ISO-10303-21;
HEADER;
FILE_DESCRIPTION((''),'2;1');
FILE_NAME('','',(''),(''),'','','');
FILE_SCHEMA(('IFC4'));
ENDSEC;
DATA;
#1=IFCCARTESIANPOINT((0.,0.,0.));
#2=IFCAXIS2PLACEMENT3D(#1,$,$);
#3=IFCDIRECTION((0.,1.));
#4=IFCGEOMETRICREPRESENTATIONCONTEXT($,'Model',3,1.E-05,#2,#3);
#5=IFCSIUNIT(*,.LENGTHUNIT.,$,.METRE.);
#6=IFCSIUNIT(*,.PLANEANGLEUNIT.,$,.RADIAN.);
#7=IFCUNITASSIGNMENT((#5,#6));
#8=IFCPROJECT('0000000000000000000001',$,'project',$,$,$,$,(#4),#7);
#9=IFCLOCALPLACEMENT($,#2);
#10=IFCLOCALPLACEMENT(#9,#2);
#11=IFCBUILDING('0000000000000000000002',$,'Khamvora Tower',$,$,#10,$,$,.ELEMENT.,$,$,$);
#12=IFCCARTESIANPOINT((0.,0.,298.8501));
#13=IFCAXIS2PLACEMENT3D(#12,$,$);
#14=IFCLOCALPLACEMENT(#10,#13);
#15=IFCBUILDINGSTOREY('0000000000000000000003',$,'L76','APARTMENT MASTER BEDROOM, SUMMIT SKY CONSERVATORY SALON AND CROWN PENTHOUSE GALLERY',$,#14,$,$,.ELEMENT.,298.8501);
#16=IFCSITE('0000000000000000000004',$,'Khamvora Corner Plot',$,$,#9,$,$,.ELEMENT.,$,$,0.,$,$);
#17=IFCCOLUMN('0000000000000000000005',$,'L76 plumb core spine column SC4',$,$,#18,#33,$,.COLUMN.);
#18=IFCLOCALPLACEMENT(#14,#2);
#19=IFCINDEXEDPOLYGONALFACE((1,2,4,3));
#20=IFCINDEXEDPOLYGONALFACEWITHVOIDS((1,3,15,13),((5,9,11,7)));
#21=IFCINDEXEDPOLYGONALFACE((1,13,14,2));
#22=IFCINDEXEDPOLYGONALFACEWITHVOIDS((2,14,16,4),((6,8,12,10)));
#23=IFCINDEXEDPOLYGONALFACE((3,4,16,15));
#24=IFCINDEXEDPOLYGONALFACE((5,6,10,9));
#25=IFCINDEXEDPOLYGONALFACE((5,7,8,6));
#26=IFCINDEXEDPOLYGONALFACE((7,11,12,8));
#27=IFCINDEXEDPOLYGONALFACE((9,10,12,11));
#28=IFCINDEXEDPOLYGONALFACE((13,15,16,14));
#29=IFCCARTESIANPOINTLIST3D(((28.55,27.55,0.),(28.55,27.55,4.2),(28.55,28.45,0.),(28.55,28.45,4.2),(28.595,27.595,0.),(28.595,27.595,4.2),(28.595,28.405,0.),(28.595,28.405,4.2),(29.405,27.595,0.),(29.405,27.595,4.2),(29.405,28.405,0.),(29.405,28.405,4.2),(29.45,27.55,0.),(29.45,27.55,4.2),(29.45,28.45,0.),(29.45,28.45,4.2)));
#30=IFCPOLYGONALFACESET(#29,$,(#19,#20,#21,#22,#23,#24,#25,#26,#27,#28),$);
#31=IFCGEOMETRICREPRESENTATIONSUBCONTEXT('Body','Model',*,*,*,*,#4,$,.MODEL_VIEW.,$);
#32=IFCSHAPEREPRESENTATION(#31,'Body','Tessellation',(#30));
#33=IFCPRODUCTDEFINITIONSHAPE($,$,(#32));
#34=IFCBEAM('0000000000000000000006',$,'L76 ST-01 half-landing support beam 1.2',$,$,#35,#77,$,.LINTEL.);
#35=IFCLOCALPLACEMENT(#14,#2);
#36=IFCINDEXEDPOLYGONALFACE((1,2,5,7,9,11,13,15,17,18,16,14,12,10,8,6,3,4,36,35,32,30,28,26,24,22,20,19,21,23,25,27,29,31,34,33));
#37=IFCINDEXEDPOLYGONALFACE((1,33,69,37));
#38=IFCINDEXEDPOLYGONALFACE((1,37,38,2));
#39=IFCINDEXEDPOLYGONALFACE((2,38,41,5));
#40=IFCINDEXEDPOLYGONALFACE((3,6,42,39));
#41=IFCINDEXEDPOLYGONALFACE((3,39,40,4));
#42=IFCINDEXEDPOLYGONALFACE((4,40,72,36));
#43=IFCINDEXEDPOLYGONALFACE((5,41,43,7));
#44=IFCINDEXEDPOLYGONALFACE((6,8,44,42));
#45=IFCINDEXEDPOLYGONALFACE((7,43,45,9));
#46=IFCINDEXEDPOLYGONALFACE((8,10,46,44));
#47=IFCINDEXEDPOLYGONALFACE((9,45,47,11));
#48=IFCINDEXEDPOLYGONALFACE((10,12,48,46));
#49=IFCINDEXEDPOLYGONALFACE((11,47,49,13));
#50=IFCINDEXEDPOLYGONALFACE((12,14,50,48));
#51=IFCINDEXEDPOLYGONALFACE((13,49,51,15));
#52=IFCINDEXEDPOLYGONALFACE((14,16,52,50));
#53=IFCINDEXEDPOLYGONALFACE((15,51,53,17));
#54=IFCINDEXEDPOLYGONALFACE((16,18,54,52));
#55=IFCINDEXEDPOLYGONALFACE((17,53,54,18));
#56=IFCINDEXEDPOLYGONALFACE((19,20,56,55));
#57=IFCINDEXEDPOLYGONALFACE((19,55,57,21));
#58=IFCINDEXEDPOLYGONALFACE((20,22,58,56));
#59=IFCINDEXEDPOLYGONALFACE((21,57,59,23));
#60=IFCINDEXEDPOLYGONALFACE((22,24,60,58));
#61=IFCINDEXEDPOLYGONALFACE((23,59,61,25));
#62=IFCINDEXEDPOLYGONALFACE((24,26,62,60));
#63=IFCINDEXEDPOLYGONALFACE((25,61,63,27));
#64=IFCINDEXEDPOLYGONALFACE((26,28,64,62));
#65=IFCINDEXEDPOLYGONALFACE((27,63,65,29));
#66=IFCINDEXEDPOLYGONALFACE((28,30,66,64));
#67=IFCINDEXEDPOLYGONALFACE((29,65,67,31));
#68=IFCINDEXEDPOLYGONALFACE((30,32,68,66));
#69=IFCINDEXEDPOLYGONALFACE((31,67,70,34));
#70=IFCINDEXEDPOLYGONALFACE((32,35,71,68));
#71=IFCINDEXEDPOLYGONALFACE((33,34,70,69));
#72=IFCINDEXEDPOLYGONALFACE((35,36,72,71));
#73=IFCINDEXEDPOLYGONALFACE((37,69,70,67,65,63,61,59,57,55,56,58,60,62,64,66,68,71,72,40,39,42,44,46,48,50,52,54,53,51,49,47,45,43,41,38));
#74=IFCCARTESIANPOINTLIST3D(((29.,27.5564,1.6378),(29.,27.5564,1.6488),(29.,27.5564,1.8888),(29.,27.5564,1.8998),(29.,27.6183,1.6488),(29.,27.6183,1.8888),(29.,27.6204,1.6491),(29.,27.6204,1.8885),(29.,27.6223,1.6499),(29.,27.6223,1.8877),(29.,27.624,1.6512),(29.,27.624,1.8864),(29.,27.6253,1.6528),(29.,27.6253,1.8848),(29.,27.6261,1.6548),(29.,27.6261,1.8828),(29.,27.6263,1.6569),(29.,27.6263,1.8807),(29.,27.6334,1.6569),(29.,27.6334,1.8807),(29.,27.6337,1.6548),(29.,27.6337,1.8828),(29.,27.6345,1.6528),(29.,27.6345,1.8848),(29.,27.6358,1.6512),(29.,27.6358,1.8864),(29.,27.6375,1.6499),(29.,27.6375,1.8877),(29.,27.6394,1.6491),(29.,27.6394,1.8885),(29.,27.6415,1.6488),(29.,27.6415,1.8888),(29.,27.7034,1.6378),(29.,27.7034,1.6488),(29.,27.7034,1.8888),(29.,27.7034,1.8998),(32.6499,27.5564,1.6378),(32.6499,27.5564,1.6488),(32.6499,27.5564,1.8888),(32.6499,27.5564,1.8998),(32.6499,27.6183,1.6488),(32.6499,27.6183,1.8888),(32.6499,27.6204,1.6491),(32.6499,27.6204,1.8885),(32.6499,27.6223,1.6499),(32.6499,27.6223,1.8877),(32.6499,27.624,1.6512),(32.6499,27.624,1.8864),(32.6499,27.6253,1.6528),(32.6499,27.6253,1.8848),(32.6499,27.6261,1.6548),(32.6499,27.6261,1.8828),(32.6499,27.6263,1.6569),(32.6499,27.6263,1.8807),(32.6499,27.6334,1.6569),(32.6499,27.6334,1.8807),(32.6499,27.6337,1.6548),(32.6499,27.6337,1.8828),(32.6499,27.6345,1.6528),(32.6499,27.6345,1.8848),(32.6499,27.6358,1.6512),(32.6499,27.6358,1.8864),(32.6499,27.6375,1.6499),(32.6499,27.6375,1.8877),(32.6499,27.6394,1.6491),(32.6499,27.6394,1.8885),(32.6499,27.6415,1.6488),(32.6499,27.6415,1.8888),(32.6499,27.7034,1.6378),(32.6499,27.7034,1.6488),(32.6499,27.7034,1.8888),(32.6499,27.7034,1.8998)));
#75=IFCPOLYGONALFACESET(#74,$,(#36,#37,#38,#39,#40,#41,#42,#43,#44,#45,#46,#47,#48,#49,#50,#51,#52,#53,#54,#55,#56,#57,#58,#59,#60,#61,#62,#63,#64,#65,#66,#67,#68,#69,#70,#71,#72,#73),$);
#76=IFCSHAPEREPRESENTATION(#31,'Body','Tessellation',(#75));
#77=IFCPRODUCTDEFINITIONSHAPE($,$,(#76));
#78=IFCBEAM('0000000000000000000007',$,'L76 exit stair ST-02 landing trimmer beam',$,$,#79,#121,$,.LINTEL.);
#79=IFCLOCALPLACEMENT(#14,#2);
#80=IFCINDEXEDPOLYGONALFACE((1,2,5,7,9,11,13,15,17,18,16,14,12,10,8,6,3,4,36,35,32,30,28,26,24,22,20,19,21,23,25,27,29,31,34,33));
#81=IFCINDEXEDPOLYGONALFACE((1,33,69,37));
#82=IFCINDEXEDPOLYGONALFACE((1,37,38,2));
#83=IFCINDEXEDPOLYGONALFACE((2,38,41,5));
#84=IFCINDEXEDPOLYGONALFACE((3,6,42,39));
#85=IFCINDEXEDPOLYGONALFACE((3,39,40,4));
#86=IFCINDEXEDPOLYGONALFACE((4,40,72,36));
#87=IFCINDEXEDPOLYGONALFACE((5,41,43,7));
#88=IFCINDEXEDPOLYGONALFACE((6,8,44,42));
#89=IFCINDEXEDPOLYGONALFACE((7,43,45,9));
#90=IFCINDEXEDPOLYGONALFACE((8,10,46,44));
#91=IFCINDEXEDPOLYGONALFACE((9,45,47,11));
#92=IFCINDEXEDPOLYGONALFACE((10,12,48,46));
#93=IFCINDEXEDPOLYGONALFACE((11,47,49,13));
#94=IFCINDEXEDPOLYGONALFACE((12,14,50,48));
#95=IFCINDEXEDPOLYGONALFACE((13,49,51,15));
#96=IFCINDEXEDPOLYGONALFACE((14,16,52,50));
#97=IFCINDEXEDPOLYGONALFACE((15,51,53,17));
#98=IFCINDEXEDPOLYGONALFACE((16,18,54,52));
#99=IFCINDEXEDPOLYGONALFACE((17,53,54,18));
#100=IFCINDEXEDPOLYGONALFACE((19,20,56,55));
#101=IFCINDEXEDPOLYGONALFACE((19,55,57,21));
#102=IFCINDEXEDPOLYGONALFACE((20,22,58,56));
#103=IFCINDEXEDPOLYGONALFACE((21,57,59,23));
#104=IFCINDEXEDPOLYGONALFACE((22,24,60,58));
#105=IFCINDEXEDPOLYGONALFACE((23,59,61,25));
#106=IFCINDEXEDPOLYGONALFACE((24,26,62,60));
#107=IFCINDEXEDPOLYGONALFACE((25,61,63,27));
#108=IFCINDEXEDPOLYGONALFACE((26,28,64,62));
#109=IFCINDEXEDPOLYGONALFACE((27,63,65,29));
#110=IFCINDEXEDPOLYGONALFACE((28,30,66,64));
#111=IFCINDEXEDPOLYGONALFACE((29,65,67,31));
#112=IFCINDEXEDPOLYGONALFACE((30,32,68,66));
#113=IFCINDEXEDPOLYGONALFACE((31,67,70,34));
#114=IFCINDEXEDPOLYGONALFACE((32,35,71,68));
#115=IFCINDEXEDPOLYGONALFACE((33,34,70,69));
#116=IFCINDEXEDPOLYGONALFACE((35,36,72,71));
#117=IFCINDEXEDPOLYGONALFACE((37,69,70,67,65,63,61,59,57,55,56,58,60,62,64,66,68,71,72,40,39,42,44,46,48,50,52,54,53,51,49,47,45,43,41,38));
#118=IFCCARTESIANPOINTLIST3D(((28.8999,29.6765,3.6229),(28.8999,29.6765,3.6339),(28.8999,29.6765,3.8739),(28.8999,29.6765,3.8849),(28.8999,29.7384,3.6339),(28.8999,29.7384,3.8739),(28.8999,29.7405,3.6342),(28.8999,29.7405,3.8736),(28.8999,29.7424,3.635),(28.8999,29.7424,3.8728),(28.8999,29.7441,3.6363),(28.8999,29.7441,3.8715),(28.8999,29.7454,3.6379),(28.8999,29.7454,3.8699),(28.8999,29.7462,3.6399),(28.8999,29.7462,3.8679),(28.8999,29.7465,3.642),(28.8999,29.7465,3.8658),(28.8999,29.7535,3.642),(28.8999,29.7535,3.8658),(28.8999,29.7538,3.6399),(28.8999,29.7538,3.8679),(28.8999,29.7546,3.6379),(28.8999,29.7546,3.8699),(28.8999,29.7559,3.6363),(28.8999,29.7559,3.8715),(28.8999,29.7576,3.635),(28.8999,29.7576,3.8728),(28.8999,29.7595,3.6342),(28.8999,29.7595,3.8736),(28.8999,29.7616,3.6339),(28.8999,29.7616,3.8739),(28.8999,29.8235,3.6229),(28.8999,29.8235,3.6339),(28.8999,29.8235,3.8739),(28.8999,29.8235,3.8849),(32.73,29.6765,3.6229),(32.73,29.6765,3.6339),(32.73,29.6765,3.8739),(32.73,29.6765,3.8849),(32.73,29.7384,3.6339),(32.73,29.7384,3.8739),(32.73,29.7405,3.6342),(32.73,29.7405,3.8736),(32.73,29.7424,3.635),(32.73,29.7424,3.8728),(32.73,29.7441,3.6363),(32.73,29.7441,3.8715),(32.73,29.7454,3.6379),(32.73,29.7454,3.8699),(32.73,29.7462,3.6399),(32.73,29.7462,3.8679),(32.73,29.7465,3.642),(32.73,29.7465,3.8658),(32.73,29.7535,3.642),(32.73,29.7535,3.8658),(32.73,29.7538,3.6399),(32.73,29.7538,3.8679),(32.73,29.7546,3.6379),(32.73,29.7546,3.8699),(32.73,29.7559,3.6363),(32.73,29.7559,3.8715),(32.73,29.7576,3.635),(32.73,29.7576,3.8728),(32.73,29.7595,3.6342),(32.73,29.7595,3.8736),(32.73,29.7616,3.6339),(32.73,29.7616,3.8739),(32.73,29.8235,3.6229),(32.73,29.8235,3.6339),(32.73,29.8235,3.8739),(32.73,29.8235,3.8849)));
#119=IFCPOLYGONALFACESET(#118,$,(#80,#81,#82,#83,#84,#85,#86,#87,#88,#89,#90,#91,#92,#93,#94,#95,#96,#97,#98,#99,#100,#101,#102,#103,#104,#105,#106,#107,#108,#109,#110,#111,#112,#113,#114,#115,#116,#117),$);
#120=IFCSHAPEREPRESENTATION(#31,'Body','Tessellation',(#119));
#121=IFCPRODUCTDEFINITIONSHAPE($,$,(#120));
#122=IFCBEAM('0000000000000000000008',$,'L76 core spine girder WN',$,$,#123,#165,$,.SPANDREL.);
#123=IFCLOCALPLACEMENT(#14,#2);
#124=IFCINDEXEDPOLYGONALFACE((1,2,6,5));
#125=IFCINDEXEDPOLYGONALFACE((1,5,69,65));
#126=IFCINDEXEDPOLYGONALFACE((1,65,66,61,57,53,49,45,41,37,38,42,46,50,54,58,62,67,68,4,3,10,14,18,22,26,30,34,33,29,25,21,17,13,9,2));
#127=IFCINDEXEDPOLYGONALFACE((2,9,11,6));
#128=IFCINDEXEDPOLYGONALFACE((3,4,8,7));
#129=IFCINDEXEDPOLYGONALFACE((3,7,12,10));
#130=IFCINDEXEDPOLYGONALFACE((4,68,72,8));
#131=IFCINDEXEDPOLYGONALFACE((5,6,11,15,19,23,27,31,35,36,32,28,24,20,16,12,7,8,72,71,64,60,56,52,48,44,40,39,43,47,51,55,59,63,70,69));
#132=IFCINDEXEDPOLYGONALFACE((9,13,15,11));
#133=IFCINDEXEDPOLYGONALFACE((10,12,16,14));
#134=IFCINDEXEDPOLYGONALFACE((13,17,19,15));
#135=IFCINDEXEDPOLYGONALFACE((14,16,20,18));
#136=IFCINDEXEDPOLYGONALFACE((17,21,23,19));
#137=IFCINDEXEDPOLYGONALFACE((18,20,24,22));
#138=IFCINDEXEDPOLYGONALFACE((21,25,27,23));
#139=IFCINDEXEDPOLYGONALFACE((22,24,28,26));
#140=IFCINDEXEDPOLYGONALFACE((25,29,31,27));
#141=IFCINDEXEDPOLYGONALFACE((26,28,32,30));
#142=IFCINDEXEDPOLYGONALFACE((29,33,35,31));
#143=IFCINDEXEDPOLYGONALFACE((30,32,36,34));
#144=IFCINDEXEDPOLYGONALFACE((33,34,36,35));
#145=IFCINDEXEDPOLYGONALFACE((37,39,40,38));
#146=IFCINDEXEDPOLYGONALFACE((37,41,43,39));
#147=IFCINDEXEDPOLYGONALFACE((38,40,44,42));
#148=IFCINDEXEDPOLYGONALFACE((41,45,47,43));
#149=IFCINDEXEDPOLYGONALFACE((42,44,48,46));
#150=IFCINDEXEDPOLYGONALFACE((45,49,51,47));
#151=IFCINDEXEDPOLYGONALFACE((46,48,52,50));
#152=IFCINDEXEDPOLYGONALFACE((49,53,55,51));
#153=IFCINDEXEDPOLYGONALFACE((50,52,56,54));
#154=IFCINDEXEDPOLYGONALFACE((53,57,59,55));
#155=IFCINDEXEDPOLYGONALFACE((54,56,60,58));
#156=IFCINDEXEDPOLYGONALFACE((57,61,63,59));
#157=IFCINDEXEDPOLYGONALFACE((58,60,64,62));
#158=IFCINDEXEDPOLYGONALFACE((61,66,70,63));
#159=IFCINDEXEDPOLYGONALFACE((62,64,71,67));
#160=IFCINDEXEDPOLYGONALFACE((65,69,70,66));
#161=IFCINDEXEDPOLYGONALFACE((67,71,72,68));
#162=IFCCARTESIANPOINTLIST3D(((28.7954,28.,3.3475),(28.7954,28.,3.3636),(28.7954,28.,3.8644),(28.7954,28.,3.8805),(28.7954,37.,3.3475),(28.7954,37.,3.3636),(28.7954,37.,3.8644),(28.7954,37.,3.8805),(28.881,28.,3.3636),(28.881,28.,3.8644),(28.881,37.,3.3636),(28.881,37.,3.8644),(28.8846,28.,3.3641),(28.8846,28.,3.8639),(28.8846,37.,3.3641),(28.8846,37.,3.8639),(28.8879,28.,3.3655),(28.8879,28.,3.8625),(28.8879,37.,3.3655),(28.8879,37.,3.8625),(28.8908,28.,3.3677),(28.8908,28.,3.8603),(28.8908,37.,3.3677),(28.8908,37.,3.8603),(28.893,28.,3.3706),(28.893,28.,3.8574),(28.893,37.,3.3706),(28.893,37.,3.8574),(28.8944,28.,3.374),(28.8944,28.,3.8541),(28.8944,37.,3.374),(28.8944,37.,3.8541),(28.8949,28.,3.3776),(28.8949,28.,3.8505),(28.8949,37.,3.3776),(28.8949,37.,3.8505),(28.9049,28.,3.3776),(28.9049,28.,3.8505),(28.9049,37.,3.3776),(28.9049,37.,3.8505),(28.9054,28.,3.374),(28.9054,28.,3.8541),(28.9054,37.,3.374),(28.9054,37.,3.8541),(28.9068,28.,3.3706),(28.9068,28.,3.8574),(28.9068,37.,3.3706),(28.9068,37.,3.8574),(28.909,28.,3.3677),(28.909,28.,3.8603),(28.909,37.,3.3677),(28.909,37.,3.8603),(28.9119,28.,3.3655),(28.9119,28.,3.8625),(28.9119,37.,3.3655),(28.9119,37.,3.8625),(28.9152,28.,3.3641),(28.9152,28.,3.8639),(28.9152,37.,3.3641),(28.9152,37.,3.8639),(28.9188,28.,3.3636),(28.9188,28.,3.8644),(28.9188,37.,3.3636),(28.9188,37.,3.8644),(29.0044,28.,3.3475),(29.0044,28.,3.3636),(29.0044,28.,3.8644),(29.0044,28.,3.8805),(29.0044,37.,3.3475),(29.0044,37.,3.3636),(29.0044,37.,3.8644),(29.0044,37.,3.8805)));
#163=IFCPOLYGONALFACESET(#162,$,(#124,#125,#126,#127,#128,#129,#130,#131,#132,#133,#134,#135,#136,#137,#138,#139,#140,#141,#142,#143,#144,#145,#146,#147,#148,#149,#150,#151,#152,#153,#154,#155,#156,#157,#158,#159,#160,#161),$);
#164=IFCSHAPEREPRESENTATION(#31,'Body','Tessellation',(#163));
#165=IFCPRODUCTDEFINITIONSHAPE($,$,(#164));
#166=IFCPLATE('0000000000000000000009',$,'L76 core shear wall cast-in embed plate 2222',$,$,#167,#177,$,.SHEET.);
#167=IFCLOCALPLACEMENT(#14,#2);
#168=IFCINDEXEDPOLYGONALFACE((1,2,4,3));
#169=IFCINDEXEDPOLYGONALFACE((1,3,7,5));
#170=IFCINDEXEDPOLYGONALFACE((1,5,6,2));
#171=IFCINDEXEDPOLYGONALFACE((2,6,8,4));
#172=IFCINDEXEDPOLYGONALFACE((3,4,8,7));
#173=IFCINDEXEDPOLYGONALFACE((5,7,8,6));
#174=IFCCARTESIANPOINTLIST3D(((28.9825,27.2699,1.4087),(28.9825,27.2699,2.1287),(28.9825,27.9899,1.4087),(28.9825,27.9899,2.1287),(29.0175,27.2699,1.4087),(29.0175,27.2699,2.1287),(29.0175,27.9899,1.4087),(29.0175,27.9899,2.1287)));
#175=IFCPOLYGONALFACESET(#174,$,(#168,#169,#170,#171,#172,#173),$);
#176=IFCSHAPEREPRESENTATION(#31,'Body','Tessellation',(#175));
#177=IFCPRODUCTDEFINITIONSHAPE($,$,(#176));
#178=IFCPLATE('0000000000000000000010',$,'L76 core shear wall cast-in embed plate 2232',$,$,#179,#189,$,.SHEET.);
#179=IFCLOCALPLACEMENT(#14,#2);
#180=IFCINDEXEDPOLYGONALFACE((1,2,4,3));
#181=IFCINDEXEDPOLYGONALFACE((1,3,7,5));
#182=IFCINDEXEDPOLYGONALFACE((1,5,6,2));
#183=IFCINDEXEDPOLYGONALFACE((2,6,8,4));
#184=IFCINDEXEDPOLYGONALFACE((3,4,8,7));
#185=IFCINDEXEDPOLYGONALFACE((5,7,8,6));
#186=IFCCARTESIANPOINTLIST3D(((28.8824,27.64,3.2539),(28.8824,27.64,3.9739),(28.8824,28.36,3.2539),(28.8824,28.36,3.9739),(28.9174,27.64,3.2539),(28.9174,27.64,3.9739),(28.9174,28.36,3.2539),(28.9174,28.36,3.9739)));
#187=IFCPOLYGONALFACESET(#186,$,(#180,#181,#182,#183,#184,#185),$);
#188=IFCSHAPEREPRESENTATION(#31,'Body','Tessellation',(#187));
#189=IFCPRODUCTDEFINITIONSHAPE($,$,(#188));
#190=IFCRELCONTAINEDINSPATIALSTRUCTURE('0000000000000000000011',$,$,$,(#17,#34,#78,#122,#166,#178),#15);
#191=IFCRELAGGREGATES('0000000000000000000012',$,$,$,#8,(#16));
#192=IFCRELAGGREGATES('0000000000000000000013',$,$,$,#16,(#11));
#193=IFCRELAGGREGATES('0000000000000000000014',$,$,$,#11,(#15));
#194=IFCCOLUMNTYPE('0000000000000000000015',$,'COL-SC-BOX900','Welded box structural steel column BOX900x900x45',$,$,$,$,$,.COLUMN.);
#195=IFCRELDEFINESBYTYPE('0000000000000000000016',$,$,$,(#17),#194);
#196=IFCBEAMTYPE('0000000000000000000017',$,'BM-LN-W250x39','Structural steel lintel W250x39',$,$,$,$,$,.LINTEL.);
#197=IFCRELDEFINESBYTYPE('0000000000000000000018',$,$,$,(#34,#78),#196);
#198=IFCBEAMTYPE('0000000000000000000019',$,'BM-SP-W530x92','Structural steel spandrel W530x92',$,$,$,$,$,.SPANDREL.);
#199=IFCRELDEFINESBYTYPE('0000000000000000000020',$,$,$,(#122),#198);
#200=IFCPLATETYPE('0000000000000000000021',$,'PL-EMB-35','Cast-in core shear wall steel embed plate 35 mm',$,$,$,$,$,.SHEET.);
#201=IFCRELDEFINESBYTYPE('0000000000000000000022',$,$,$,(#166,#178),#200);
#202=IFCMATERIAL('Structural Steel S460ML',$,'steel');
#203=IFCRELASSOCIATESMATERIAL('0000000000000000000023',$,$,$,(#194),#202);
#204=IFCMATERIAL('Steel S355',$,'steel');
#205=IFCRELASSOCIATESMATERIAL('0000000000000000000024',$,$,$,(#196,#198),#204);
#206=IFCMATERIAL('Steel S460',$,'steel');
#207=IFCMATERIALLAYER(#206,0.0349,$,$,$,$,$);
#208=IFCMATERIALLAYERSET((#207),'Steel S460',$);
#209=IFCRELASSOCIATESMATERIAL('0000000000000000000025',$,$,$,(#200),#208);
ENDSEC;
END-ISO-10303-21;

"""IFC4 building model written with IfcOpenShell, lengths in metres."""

from ifc_helpers import new_model, si_unit, direction, frame, origin, origin_2d, place, context, subcontext, project, spatial, rectangle, hollow_rectangle, i_section, extrude, material, layer, layer_set, material_profile, profile_set, type_object, element, save


model = new_model("IFC4")

# Units and contexts
model_context = context("Model", 3, precision=1e-05, world=origin(), true_north=direction((0.0, 1.0)))
body_context = subcontext(model_context, "Body", "Model", "MODEL_VIEW")
ifc_project = project(units=[si_unit("LENGTHUNIT", "METRE"), si_unit("PLANEANGLEUNIT", "RADIAN")], contexts=[model_context])

# Site, building, storey
site_placement = place(None, origin())
site = spatial("IfcSite", under=ifc_project, at=site_placement, Name="Khamvora Corner Plot", CompositionType="ELEMENT", RefElevation=0.0)
building_placement = place(site_placement, origin())
building = spatial("IfcBuilding", under=site, at=building_placement, Name="Khamvora Tower", CompositionType="ELEMENT")
storey_placement = place(building_placement, frame((0.0, 0.0, 298.8501)))
storey = spatial("IfcBuildingStorey", under=building, at=storey_placement, Name="L76", Description="APARTMENT MASTER BEDROOM, SUMMIT SKY CONSERVATORY SALON AND CROWN PENTHOUSE GALLERY", CompositionType="ELEMENT", Elevation=298.8501)

# Column
ifc_material_1 = material(Name="Structural Steel S460ML", Category="steel")
ifc_material_profile_1 = material_profile(ifc_material_1, hollow_rectangle(XDim=0.8999, YDim=0.8999, WallThickness=0.0449, at=origin_2d()), Name="BOX900x900x45")
ifc_profile_set_1 = profile_set([ifc_material_profile_1], Name="Structural Steel S460ML")
column_type = type_object("IfcColumnType", Name="COL-SC-BOX900", Description="Welded box structural steel column BOX900x900x45", PredefinedType="COLUMN", material=ifc_profile_set_1)
column_placement = place(storey_placement, frame((29.0, 28.0, 0.0), z_axis=(0.0, 0.0, 1.0), x_axis=(1.0, 0.0, 0.0)))
element("IfcColumn", 1, at=column_placement, inside=storey, type_object=column_type, Name="L76 plumb core spine column SC4", PredefinedType="COLUMN", context=body_context, shape_type="SweptSolid", body=[
    extrude(hollow_rectangle(XDim=0.8999, YDim=0.8999, WallThickness=0.0449, at=origin_2d()), origin(), (0.0, 0.0, 1.0), 4.2),
])

# Beams
ifc_material_2 = material(Name="Steel S355", Category="steel")
ifc_material_profile_2 = material_profile(ifc_material_2, i_section(OverallWidth=0.147, OverallDepth=0.262, WebThickness=0.0071, FlangeThickness=0.011, FilletRadius=0.0081, at=origin_2d()), Name="W250x39")
ifc_profile_set_2 = profile_set([ifc_material_profile_2], Name="Steel S355")
beam_type_1 = type_object("IfcBeamType", Name="BM-LN-W250x39", Description="Structural steel lintel W250x39", PredefinedType="LINTEL", material=ifc_profile_set_2)
beam_1_placement = place(storey_placement, frame((29.0, 27.6299, 1.7688), z_axis=(1.0, 0.0, 0.0), x_axis=(0.0, 1.0, 0.0)))
element("IfcBeam", 2, at=beam_1_placement, inside=storey, type_object=beam_type_1, Name="L76 ST-01 half-landing support beam 1.2", PredefinedType="LINTEL", context=body_context, shape_type="SweptSolid", body=[
    extrude(i_section(OverallWidth=0.147, OverallDepth=0.262, WebThickness=0.0071, FlangeThickness=0.011, FilletRadius=0.0081, at=origin_2d()), origin(), (0.0, 0.0, 1.0), 3.6499),
])
beam_2_placement = place(storey_placement, frame((28.8999, 29.75, 3.7539), z_axis=(1.0, 0.0, 0.0), x_axis=(0.0, 1.0, 0.0)))
element("IfcBeam", 3, at=beam_2_placement, inside=storey, type_object=beam_type_1, Name="L76 exit stair ST-02 landing trimmer beam", PredefinedType="LINTEL", context=body_context, shape_type="SweptSolid", body=[
    extrude(i_section(OverallWidth=0.147, OverallDepth=0.262, WebThickness=0.0071, FlangeThickness=0.011, FilletRadius=0.0081, at=origin_2d()), origin(), (0.0, 0.0, 1.0), 3.8301),
])
ifc_material_profile_3 = material_profile(ifc_material_2, i_section(OverallWidth=0.209, OverallDepth=0.533, WebThickness=0.01, FlangeThickness=0.0161, FilletRadius=0.0139, at=origin_2d()), Name="W530x92")
ifc_profile_set_3 = profile_set([ifc_material_profile_3], Name="Steel S355")
beam_type_2 = type_object("IfcBeamType", Name="BM-SP-W530x92", Description="Structural steel spandrel W530x92", PredefinedType="SPANDREL", material=ifc_profile_set_3)
beam_3_placement = place(storey_placement, frame((28.8999, 28.0, 3.614), z_axis=(0.0, 1.0, 0.0), x_axis=(-1.0, 0.0, 0.0)))
element("IfcBeam", 4, at=beam_3_placement, inside=storey, type_object=beam_type_2, Name="L76 core spine girder WN", PredefinedType="SPANDREL", context=body_context, shape_type="SweptSolid", body=[
    extrude(i_section(OverallWidth=0.209, OverallDepth=0.533, WebThickness=0.01, FlangeThickness=0.0161, FilletRadius=0.0139, at=origin_2d()), origin(), (0.0, 0.0, 1.0), 9.0),
])

# Plates
ifc_material_3 = material(Name="Steel S460", Category="steel")
ifc_layer_1 = layer(ifc_material_3, 0.0349)
ifc_layer_set_1 = layer_set([ifc_layer_1], Name="Steel S460")
plate_type = type_object("IfcPlateType", Name="PL-EMB-35", Description="Cast-in core shear wall steel embed plate 35 mm", PredefinedType="SHEET", material=ifc_layer_set_1)
for number, where, z_axis, x_axis, name in (
    (5, (29.0, 27.6299, 1.4087), (0.0, 0.0, 1.0), (1.0, 0.0, 0.0), "L76 core shear wall cast-in embed plate 2222"),
    (6, (28.8999, 28.0, 3.2539), (0.0, 0.0, 1.0), (1.0, 0.0, 0.0), "L76 core shear wall cast-in embed plate 2232"),
):
    element("IfcPlate", number, at=place(storey_placement, frame(where, z_axis=z_axis, x_axis=x_axis)), inside=storey, type_object=plate_type, Name=name, PredefinedType="SHEET", context=body_context, shape_type="SweptSolid", body=[
        extrude(rectangle(XDim=0.0349, YDim=0.72, at=origin_2d()), origin(), (0.0, 0.0, 1.0), 0.72),
    ])

save(model, "model.ifc")
